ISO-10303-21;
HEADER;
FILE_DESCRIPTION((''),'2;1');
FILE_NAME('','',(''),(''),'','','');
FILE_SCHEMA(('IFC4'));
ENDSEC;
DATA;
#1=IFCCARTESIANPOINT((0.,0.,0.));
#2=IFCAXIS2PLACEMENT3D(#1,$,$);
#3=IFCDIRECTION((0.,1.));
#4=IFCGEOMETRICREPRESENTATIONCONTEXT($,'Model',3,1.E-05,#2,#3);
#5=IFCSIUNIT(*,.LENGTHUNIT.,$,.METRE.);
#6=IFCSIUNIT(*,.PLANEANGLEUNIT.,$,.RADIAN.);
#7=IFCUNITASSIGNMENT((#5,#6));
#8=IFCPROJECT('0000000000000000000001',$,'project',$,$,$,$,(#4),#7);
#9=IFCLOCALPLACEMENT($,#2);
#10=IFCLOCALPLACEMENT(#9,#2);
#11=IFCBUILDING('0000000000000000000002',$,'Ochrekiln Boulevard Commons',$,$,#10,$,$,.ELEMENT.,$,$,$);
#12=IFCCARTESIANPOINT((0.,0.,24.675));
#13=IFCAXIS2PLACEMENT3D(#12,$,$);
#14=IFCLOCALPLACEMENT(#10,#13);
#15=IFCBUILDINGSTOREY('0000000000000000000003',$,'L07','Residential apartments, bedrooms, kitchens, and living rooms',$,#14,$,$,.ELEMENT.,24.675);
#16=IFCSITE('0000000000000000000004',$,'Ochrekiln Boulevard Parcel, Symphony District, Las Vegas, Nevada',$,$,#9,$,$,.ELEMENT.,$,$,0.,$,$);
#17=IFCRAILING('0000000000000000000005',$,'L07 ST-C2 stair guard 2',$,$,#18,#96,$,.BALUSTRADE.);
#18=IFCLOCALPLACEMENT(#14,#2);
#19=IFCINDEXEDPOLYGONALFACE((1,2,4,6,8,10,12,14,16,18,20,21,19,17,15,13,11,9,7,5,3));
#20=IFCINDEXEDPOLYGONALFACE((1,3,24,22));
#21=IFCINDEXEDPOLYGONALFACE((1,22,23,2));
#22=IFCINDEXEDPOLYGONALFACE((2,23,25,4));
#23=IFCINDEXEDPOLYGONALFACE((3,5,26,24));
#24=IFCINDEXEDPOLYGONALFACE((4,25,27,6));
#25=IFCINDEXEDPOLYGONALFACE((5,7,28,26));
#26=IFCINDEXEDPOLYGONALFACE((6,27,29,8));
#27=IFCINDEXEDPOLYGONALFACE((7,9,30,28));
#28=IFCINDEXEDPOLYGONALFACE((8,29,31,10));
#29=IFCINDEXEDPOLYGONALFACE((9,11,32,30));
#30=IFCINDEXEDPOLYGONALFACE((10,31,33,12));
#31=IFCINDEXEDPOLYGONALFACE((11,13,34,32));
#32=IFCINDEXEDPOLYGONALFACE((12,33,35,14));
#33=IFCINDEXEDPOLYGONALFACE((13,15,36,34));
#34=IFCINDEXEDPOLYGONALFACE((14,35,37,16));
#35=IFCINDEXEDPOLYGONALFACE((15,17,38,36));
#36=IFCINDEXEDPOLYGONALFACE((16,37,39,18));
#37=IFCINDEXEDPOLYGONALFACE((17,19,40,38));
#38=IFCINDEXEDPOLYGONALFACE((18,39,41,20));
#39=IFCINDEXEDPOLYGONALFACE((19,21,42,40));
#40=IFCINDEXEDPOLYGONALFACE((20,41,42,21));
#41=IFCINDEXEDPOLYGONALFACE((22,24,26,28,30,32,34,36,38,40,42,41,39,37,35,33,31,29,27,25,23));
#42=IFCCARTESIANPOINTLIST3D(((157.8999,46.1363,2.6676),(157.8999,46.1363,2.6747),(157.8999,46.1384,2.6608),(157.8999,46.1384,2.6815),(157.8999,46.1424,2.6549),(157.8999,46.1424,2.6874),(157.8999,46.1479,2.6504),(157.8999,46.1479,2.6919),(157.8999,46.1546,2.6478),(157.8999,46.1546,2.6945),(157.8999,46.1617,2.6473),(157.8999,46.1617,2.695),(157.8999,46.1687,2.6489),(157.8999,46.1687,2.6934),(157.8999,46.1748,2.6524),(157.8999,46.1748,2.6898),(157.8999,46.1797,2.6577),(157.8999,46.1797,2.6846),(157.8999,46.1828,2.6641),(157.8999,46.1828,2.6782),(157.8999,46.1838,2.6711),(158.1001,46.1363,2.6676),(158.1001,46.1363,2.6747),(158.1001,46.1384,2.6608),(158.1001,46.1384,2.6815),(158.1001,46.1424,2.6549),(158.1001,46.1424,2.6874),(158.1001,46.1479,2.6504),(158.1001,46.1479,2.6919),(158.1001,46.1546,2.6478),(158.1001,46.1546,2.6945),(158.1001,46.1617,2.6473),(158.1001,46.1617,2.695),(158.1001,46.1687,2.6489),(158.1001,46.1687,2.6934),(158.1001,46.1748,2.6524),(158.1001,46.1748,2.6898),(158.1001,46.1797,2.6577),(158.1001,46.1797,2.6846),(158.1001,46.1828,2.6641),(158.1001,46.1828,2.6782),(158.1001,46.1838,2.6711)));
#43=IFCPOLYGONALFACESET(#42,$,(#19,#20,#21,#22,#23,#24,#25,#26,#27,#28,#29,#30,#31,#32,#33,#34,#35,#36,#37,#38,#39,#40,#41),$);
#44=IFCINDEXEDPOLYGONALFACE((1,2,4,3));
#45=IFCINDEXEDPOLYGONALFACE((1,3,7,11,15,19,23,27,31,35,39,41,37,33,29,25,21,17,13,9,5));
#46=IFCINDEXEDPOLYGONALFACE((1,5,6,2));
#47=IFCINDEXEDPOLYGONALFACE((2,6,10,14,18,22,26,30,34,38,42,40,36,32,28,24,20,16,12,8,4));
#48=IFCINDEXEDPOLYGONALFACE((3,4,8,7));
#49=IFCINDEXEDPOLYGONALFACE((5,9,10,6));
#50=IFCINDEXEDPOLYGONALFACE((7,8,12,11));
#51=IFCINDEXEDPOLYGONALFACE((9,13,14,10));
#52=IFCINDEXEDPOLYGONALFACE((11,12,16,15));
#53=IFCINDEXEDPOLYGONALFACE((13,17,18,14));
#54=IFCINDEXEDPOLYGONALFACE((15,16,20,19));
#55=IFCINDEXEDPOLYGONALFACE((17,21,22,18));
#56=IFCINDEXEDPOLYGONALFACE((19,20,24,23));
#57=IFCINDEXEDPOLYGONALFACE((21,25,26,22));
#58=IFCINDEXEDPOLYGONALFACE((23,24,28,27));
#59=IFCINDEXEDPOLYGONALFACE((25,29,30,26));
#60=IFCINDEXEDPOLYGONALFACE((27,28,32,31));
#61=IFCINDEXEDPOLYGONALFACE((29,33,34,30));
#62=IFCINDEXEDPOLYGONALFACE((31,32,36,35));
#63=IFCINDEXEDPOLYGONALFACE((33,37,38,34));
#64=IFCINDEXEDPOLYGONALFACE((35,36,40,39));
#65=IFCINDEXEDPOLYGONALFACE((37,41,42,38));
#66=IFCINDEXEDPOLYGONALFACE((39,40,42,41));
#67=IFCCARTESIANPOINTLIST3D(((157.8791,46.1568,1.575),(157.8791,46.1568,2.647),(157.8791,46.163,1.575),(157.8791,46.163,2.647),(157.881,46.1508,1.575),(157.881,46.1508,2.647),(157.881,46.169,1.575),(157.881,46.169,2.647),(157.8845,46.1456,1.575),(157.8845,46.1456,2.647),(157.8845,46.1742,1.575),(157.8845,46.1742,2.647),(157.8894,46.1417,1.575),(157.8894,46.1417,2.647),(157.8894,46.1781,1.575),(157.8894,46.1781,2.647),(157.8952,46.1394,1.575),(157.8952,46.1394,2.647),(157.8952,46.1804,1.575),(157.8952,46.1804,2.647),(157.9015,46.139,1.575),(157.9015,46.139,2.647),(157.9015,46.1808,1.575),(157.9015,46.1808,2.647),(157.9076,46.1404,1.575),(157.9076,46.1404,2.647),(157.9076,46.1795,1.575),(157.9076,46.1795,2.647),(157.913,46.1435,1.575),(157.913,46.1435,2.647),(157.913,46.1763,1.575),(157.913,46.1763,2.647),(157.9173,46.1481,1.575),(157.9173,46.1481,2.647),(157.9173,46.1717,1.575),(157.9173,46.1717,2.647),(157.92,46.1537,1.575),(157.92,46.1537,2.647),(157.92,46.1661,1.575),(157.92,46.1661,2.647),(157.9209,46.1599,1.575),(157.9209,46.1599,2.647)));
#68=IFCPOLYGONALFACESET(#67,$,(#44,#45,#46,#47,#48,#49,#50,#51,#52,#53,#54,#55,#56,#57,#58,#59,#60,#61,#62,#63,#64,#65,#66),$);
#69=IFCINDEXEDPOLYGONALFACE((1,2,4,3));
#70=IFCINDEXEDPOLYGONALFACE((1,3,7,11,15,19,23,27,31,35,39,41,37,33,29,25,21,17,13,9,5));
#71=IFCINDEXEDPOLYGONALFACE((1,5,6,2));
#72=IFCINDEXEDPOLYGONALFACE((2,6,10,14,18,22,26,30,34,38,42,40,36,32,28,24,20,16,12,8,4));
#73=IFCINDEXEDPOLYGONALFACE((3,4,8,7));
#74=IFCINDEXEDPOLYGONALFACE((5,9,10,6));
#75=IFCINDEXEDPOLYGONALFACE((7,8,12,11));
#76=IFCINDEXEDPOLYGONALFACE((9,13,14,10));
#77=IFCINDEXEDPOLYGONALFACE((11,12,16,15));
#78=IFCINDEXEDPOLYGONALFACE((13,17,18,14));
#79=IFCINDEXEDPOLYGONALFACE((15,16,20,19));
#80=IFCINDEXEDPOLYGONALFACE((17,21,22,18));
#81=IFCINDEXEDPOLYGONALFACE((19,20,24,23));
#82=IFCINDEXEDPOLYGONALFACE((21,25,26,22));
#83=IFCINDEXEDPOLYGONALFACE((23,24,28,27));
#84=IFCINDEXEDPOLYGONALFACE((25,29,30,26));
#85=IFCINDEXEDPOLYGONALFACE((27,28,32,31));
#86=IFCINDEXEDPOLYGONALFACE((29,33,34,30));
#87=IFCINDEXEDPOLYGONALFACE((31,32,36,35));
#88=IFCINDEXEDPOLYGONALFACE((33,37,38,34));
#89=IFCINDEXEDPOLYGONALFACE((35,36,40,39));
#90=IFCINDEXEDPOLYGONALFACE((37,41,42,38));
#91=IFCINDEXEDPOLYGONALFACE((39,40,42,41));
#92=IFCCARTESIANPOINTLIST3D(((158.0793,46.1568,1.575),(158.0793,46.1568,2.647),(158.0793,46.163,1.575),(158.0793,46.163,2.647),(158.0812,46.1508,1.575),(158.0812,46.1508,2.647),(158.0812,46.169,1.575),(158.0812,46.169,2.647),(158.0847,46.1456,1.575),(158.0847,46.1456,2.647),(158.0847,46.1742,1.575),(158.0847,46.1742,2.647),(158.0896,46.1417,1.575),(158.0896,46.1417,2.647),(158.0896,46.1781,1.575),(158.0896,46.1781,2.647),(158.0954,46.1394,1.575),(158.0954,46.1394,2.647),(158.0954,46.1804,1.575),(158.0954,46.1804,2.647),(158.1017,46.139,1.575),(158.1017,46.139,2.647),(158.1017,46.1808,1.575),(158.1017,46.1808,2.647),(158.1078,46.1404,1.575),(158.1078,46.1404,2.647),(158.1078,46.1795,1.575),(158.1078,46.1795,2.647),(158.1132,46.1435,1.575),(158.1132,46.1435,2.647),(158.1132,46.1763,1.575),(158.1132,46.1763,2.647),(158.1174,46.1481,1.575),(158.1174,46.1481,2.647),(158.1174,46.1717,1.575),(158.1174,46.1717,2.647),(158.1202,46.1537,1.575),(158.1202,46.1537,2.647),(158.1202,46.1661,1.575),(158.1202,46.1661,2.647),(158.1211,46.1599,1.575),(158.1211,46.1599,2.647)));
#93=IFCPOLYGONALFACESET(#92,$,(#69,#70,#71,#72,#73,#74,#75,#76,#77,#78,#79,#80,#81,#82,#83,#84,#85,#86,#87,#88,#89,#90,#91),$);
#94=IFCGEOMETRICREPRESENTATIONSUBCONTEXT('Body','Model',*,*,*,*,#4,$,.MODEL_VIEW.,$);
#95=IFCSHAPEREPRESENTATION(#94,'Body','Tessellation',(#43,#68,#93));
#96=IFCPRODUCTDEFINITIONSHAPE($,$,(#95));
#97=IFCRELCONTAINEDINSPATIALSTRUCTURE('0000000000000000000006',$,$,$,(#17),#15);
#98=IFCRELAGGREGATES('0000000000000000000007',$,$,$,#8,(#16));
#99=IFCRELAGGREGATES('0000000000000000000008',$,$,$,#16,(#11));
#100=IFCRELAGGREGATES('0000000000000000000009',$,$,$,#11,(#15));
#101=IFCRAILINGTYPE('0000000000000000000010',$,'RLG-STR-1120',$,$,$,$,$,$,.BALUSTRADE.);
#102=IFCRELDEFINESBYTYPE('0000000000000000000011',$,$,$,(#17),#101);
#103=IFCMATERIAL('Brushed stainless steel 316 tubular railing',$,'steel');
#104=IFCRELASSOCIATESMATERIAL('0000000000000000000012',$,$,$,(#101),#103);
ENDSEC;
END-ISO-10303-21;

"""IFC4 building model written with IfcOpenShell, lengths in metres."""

from ifc_helpers import new_model, si_unit, direction, frame, origin, origin_2d, place, context, subcontext, project, spatial, circle, extrude, material, type_object, element, save


model = new_model("IFC4")

# Units and contexts
model_context = context("Model", 3, precision=1e-05, world=origin(), true_north=direction((0.0, 1.0)))
body_context = subcontext(model_context, "Body", "Model", "MODEL_VIEW")
ifc_project = project(units=[si_unit("LENGTHUNIT", "METRE"), si_unit("PLANEANGLEUNIT", "RADIAN")], contexts=[model_context])

# Site, building, storey
site_placement = place(None, origin())
site = spatial("IfcSite", under=ifc_project, at=site_placement, Name="Ochrekiln Boulevard Parcel, Symphony District, Las Vegas, Nevada", CompositionType="ELEMENT", RefElevation=0.0)
building_placement = place(site_placement, origin())
building = spatial("IfcBuilding", under=site, at=building_placement, Name="Ochrekiln Boulevard Commons", CompositionType="ELEMENT")
storey_placement = place(building_placement, frame((0.0, 0.0, 24.675)))
storey = spatial("IfcBuildingStorey", under=building, at=storey_placement, Name="L07", Description="Residential apartments, bedrooms, kitchens, and living rooms", CompositionType="ELEMENT", Elevation=24.675)

# Railing
ifc_material_1 = material(Name="Brushed stainless steel 316 tubular railing", Category="steel")
railing_type_1 = type_object("IfcRailingType", Name="RLG-STR-1120", PredefinedType="BALUSTRADE", material=ifc_material_1)
railing_1_placement = place(storey_placement, frame((157.8999, 46.1599, 1.575)))
element("IfcRailing", 1, at=railing_1_placement, inside=storey, type_object=railing_type_1, Name="L07 ST-C2 stair guard 2", PredefinedType="BALUSTRADE", context=body_context, shape_type="SweptSolid", body=[
    extrude(circle(Radius=0.0239, at=origin_2d()), frame((0.0, 0.0, 1.0962), z_axis=(1.0, 0.0, 0.0), x_axis=(0.0, 1.0, 0.0)), (0.0, 0.0, 1.0), 0.2002),
    extrude(circle(Radius=0.021, at=origin_2d()), origin(), (0.0, 0.0, 1.0), 1.072),
    extrude(circle(Radius=0.021, at=origin_2d()), frame((0.2002, 0.0, 0.0)), (0.0, 0.0, 1.0), 1.072),
])

save(model, "model.ifc")
